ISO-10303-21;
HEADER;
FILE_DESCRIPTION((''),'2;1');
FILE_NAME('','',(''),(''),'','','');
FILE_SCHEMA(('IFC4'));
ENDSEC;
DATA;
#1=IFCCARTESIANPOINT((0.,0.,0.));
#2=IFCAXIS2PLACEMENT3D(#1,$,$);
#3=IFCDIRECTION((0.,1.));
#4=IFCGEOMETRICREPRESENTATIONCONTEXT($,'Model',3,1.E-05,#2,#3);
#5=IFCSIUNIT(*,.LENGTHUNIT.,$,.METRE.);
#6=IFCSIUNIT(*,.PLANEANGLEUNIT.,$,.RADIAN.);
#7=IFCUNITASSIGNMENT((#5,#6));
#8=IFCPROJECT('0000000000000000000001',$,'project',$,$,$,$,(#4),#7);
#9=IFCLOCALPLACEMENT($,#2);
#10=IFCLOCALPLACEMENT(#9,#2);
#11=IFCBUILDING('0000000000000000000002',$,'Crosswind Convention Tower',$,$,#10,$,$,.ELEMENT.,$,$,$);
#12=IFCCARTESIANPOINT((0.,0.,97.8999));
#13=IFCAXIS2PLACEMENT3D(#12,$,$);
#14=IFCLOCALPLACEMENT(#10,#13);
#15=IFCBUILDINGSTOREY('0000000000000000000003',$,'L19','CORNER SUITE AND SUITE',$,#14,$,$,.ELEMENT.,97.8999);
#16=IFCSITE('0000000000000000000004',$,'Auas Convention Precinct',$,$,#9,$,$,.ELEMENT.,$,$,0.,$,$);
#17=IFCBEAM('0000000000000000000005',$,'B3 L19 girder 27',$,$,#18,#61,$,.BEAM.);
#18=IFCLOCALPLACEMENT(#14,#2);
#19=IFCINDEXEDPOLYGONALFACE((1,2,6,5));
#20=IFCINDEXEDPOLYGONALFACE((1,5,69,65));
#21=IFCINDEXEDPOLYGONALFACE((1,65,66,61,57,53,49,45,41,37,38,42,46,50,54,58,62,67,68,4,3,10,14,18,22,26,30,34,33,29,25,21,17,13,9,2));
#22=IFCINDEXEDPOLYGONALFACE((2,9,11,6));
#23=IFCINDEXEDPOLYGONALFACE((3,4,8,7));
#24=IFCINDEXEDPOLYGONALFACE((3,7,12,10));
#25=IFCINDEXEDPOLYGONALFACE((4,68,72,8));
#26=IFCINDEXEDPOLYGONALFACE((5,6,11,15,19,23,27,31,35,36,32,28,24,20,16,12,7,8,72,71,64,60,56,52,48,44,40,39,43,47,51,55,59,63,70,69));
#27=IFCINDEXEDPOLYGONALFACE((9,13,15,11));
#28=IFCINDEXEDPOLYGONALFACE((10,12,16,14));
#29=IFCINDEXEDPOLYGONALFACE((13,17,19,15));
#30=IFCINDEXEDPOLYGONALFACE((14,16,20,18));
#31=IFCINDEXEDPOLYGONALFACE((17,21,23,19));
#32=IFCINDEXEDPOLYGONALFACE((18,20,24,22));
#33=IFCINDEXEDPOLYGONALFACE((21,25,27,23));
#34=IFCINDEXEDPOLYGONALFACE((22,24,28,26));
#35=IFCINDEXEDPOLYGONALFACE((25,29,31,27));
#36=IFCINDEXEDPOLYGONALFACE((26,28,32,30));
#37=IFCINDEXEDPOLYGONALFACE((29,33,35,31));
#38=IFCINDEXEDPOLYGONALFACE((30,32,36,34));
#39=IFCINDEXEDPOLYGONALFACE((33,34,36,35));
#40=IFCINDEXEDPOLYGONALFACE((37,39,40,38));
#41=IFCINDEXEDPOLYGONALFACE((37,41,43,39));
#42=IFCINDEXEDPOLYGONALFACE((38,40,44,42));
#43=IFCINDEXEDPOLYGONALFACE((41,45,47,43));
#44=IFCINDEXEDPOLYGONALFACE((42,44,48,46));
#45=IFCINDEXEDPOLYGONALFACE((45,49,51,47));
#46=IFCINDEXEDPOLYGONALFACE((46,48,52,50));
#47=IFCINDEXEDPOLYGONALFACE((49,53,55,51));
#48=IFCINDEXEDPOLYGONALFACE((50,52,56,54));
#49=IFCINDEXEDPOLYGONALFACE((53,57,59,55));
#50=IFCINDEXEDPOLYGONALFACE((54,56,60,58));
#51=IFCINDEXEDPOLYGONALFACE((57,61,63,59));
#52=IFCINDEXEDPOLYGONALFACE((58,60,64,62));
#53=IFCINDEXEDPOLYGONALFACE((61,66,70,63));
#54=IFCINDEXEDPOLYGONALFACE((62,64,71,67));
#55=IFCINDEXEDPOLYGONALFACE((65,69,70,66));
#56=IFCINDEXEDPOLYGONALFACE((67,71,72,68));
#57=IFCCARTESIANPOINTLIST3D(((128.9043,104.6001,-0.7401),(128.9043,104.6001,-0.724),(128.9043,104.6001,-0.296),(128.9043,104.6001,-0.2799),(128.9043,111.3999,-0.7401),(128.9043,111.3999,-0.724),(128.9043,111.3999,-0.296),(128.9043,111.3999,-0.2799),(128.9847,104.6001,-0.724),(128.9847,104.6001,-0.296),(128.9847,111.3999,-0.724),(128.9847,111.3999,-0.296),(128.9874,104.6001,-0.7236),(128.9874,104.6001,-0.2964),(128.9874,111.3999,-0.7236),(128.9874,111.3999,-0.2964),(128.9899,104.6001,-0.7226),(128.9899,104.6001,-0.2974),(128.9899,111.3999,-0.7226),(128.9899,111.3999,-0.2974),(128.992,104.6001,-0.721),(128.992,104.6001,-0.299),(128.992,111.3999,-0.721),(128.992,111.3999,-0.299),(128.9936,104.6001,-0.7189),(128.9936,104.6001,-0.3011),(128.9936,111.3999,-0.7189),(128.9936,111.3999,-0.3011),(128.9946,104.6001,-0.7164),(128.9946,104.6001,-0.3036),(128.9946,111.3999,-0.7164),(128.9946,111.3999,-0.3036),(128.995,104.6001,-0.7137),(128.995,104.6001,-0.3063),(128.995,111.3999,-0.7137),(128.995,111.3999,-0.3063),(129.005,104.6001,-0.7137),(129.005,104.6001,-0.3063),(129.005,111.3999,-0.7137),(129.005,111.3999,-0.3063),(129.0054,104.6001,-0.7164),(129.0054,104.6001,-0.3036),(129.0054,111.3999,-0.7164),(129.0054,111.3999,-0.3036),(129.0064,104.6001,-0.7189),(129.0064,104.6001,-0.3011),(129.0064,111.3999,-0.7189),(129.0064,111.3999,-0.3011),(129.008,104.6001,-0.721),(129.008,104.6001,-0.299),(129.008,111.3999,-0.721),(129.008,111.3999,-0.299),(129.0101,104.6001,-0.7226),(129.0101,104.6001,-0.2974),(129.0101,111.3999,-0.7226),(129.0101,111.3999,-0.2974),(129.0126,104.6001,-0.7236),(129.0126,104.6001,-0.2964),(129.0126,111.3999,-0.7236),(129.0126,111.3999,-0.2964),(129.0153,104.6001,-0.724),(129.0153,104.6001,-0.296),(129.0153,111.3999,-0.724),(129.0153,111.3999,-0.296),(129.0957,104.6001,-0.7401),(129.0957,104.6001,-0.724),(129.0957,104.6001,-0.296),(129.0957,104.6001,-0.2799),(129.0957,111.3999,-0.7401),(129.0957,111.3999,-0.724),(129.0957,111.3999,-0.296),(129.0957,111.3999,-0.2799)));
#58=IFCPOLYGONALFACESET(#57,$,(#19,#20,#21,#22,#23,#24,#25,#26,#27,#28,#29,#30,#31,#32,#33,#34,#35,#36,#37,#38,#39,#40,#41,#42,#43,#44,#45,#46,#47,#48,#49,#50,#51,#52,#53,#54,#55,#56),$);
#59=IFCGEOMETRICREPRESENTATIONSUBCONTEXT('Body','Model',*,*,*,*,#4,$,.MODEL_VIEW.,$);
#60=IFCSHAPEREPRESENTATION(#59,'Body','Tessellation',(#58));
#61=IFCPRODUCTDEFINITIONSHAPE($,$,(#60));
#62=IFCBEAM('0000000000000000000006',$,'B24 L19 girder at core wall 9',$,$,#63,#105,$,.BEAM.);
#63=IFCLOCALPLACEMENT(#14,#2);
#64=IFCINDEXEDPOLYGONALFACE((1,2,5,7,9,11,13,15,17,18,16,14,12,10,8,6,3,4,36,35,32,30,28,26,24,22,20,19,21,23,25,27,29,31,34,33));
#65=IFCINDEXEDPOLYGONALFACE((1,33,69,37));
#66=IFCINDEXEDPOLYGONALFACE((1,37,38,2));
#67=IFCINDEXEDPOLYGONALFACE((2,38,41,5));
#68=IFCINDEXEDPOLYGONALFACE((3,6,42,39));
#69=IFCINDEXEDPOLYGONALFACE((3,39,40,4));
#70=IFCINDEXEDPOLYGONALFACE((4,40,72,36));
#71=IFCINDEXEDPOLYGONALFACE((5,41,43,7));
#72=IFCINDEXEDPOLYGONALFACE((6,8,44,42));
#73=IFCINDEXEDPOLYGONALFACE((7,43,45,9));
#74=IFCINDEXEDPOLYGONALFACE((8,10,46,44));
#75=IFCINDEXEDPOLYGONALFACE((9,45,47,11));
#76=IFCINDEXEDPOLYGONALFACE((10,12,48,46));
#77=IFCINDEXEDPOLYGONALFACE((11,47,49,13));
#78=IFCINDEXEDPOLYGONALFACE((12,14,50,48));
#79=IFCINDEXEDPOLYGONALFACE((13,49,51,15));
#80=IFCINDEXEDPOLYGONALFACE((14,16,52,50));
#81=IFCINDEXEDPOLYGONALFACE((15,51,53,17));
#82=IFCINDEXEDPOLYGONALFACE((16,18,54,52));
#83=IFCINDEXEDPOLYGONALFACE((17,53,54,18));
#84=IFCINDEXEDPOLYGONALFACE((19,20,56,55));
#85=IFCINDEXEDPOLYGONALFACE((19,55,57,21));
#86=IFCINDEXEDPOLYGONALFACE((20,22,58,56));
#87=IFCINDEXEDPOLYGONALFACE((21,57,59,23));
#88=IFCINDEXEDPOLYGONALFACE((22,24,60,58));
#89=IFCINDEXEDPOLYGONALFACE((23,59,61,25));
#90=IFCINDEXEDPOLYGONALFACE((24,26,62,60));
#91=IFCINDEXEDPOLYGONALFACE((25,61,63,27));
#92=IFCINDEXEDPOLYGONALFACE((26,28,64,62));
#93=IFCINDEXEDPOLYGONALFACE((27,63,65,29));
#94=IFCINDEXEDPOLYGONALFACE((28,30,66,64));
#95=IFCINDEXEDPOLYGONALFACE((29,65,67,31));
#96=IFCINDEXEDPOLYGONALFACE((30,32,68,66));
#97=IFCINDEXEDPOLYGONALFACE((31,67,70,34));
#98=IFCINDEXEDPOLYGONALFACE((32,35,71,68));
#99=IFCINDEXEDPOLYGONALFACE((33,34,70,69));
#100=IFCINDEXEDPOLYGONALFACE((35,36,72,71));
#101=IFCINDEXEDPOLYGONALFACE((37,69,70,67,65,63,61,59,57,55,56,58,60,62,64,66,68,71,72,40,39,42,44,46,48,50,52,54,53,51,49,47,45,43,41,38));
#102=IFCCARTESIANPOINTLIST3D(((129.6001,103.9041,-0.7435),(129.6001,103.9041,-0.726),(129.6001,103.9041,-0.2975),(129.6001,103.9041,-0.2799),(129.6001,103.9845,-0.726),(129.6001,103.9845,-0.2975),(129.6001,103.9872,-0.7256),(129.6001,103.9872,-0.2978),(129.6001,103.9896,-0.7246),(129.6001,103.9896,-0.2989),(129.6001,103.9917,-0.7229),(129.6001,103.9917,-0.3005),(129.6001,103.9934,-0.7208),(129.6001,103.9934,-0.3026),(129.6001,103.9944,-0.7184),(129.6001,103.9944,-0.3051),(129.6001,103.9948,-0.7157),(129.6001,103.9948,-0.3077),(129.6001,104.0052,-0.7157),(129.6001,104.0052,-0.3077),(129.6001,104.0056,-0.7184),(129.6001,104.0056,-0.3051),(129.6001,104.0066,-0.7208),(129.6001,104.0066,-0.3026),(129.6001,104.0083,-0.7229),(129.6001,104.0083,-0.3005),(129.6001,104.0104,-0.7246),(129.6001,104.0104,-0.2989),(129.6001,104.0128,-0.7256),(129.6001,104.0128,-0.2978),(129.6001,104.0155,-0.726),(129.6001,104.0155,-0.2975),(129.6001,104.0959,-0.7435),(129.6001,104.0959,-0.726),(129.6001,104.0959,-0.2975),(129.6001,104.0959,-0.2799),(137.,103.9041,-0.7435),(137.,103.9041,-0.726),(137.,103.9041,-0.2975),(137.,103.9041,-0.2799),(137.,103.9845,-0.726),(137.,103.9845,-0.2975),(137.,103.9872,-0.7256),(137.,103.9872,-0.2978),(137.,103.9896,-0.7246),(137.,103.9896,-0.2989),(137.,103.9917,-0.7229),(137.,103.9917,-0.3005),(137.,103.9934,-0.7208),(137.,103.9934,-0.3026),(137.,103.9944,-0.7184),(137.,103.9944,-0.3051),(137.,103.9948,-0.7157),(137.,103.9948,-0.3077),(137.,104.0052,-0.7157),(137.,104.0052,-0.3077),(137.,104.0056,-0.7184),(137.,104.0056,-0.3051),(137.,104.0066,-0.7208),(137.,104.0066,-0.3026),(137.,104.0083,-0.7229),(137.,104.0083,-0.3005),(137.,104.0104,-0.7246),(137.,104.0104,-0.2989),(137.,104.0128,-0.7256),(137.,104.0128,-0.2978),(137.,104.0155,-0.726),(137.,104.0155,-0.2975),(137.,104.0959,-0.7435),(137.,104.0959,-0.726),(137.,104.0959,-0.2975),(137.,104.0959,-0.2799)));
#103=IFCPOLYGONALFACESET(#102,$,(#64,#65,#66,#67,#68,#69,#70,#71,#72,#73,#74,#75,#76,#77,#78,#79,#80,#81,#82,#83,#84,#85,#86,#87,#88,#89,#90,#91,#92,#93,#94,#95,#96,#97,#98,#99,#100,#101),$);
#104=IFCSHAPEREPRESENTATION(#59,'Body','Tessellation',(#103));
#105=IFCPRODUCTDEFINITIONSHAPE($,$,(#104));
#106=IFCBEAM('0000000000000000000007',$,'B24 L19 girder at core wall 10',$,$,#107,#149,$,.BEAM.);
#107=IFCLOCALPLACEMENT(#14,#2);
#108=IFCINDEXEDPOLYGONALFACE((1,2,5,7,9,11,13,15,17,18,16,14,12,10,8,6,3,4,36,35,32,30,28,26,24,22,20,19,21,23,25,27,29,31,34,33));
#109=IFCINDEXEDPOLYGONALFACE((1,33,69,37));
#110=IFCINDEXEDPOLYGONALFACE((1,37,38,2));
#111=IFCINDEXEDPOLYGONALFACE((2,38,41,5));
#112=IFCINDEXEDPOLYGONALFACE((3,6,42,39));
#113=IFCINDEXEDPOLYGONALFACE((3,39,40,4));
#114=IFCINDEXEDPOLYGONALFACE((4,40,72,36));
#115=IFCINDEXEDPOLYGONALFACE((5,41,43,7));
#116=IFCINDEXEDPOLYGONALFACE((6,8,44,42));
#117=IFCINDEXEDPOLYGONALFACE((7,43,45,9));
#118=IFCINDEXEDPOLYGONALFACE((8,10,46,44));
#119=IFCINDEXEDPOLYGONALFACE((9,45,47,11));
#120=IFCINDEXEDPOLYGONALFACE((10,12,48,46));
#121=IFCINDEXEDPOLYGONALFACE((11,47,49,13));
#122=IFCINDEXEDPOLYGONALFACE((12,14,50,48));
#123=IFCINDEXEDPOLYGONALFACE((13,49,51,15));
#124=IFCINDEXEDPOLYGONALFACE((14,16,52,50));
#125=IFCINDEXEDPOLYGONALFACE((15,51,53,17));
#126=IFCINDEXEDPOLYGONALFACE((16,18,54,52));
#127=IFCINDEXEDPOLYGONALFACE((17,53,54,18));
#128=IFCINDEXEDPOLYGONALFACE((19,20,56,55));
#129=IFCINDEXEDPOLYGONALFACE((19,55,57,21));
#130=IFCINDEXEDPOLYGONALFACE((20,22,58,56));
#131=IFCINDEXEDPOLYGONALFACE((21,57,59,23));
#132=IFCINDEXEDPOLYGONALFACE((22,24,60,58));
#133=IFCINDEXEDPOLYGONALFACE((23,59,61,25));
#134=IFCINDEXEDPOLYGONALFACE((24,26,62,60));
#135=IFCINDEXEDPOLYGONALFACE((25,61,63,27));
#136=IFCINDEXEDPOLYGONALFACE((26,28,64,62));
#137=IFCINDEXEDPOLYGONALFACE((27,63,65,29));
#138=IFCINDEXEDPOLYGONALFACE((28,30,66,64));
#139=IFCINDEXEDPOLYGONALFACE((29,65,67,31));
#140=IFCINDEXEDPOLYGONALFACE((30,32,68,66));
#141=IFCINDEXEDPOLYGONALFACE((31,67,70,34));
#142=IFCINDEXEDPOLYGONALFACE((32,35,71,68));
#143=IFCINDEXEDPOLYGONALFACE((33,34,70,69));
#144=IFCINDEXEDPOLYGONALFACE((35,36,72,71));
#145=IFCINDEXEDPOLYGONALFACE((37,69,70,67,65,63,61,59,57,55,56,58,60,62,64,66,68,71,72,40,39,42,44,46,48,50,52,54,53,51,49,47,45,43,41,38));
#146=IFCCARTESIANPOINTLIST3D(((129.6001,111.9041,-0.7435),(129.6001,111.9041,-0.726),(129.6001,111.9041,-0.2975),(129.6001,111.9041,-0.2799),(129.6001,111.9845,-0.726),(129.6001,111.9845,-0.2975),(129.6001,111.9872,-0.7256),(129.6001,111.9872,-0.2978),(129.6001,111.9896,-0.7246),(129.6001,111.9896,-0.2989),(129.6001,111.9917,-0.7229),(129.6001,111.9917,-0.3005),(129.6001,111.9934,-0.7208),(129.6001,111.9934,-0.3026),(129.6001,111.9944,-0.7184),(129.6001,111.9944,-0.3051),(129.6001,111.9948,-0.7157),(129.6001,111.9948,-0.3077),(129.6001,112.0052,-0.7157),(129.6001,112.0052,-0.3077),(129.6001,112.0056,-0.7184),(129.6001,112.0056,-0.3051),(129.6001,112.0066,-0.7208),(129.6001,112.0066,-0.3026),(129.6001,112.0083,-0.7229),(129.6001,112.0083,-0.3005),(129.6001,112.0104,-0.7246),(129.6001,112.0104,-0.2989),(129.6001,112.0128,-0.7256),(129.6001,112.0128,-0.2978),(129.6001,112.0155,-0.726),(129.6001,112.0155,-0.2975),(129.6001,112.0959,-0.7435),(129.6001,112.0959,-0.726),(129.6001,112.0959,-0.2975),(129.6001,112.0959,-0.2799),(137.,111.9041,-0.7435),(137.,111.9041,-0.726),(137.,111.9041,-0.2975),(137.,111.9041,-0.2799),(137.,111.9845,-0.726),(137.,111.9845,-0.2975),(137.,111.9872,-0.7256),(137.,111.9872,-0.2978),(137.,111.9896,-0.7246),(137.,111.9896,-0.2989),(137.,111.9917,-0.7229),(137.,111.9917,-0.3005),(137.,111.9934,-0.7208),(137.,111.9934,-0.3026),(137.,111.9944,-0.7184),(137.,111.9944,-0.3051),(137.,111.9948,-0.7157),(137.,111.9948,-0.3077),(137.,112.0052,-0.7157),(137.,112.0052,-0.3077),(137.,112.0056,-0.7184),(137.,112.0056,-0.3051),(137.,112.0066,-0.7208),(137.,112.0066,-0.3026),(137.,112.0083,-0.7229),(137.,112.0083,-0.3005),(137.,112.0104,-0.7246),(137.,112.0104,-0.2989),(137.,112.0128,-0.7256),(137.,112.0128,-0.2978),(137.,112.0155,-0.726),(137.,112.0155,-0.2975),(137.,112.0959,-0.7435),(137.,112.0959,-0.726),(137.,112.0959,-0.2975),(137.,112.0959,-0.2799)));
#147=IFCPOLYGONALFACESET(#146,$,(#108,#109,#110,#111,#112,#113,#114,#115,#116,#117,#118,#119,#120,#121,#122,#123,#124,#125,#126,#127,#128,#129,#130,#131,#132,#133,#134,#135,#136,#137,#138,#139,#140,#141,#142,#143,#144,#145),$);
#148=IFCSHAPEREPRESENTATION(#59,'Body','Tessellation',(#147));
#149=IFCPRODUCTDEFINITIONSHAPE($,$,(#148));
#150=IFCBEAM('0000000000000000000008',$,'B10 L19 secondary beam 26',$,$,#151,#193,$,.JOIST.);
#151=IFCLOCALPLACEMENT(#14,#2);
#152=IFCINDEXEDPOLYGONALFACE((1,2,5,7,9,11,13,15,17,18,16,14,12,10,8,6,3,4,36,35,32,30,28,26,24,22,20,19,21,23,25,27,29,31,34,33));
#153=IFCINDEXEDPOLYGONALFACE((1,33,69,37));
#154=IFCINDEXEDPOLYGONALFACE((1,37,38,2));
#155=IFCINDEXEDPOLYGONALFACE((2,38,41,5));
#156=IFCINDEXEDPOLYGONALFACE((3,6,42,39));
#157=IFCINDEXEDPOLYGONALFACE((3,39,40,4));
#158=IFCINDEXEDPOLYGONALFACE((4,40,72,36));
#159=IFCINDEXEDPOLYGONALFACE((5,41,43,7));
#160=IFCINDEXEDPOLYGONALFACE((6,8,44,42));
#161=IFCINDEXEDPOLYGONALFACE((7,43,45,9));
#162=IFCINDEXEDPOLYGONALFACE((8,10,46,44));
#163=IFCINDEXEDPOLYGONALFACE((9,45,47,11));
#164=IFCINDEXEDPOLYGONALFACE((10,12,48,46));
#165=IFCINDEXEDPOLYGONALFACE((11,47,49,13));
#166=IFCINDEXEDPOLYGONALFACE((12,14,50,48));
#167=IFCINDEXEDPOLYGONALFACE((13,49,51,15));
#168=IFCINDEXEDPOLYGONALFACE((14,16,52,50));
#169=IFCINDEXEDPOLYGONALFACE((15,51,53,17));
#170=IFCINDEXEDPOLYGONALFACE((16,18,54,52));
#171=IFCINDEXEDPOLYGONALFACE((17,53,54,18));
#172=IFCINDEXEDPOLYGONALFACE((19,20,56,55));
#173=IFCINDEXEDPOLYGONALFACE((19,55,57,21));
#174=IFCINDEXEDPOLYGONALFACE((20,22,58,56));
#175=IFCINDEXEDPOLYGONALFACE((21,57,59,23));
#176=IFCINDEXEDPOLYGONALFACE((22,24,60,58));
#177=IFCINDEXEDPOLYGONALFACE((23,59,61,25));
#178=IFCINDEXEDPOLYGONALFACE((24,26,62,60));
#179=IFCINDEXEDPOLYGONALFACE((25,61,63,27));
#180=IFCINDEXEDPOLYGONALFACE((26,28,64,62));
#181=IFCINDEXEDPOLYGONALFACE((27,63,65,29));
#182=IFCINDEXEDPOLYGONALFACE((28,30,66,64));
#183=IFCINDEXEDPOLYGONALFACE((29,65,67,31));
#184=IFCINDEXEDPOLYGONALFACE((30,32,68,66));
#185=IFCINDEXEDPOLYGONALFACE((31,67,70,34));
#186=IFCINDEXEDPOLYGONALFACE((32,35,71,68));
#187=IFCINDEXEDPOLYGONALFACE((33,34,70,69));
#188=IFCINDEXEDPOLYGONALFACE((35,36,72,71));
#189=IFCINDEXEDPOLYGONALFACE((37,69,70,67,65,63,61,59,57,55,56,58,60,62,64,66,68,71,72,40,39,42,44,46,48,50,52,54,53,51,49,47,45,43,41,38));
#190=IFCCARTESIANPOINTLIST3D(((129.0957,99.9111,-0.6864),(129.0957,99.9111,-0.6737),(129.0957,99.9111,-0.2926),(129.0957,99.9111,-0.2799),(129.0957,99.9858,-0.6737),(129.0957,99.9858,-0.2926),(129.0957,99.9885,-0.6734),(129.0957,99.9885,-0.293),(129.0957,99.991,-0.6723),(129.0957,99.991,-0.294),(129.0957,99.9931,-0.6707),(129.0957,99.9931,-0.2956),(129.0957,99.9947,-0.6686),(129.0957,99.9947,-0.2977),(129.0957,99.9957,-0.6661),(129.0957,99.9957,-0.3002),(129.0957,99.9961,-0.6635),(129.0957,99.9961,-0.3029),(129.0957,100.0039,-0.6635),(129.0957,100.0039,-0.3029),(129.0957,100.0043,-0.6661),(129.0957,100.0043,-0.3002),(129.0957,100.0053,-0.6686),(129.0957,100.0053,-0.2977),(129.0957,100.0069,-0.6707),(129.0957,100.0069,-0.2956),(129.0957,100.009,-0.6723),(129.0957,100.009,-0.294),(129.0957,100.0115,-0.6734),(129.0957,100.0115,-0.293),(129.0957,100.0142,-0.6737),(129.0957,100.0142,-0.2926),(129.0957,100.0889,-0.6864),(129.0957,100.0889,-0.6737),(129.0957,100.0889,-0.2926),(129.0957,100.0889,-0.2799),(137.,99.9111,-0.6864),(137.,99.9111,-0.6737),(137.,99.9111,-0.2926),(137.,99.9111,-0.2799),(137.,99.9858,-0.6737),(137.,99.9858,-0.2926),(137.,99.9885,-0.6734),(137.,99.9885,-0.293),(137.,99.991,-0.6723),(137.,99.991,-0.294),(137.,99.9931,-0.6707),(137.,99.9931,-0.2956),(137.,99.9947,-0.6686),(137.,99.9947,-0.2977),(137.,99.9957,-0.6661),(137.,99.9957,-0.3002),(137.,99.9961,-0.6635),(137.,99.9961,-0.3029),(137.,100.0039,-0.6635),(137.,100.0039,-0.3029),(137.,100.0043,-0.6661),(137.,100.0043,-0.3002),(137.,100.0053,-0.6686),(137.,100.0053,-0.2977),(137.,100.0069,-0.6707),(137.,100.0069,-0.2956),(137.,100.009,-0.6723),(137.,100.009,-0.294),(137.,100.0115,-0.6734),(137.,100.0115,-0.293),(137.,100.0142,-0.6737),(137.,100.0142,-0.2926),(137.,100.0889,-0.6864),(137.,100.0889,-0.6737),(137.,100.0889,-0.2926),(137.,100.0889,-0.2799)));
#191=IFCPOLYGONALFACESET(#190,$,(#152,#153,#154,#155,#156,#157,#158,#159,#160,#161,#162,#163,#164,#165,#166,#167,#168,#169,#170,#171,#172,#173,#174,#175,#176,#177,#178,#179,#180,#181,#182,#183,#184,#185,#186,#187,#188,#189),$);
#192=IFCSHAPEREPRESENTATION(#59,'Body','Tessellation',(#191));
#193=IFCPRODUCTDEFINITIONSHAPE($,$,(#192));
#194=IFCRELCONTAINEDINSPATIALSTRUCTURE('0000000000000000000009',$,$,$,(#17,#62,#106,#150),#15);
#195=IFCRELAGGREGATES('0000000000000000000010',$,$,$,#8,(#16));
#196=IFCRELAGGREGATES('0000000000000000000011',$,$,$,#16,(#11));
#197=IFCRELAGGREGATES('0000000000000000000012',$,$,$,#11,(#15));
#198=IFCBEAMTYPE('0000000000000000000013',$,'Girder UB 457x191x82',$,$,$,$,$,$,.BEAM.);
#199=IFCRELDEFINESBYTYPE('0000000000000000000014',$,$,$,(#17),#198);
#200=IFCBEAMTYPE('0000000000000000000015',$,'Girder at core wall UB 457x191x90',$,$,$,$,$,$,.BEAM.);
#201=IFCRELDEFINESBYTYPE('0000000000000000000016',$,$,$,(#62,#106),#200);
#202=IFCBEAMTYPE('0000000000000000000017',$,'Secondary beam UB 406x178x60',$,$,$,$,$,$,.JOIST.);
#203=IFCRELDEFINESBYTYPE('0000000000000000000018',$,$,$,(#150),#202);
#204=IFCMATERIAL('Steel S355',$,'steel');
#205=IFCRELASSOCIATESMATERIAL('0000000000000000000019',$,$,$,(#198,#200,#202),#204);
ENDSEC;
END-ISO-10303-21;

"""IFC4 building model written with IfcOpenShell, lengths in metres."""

from ifc_helpers import new_model, si_unit, direction, frame, origin, origin_2d, place, context, subcontext, project, spatial, i_section, extrude, material, material_profile, profile_set, type_object, element, save


model = new_model("IFC4")

# Units and contexts
model_context = context("Model", 3, precision=1e-05, world=origin(), true_north=direction((0.0, 1.0)))
body_context = subcontext(model_context, "Body", "Model", "MODEL_VIEW")
ifc_project = project(units=[si_unit("LENGTHUNIT", "METRE"), si_unit("PLANEANGLEUNIT", "RADIAN")], contexts=[model_context])

# Site, building, storey
site_placement = place(None, origin())
site = spatial("IfcSite", under=ifc_project, at=site_placement, Name="Auas Convention Precinct", CompositionType="ELEMENT", RefElevation=0.0)
building_placement = place(site_placement, origin())
building = spatial("IfcBuilding", under=site, at=building_placement, Name="Crosswind Convention Tower", CompositionType="ELEMENT")
storey_placement = place(building_placement, frame((0.0, 0.0, 97.8999)))
storey = spatial("IfcBuildingStorey", under=building, at=storey_placement, Name="L19", Description="CORNER SUITE AND SUITE", CompositionType="ELEMENT", Elevation=97.8999)

# Beams
ifc_material_1 = material(Name="Steel S355", Category="steel")
ifc_material_profile_1 = material_profile(ifc_material_1, i_section(OverallWidth=0.1914, OverallDepth=0.4602, WebThickness=0.01, FlangeThickness=0.0161, FilletRadius=0.0103, at=origin_2d()), Name="UB 457x191x82")
ifc_profile_set_1 = profile_set([ifc_material_profile_1], Name="Steel S355")
beam_type_1 = type_object("IfcBeamType", Name="Girder UB 457x191x82", PredefinedType="BEAM", material=ifc_profile_set_1)
for number, where, z_axis, x_axis, name in (
    (1, (129.0, 104.6001, -0.51), (0.0, 1.0, 0.0), (-1.0, 0.0, 0.0), "B3 L19 girder 27"),
):
    element("IfcBeam", number, at=place(storey_placement, frame(where, z_axis=z_axis, x_axis=x_axis)), inside=storey, type_object=beam_type_1, Name=name, PredefinedType="BEAM", context=body_context, shape_type="SweptSolid", body=[
        extrude(i_section(OverallWidth=0.1914, OverallDepth=0.4602, WebThickness=0.01, FlangeThickness=0.0161, FilletRadius=0.0103, at=origin_2d()), origin(), (0.0, 0.0, 1.0), 6.7998),
    ])
ifc_material_profile_2 = material_profile(ifc_material_1, i_section(OverallWidth=0.1919, OverallDepth=0.4636, WebThickness=0.0105, FlangeThickness=0.0176, FilletRadius=0.0103, at=origin_2d()), Name="UB 457x191x90")
ifc_profile_set_2 = profile_set([ifc_material_profile_2], Name="Steel S355")
beam_type_2 = type_object("IfcBeamType", Name="Girder at core wall UB 457x191x90", PredefinedType="BEAM", material=ifc_profile_set_2)
for number, where, z_axis, x_axis, name in (
    (2, (129.6001, 104.0, -0.5117), (1.0, 0.0, 0.0), (0.0, 1.0, 0.0), "B24 L19 girder at core wall 9"),
    (3, (129.6001, 112.0, -0.5117), (1.0, 0.0, 0.0), (0.0, 1.0, 0.0), "B24 L19 girder at core wall 10"),
):
    element("IfcBeam", number, at=place(storey_placement, frame(where, z_axis=z_axis, x_axis=x_axis)), inside=storey, type_object=beam_type_2, Name=name, PredefinedType="BEAM", context=body_context, shape_type="SweptSolid", body=[
        extrude(i_section(OverallWidth=0.1919, OverallDepth=0.4636, WebThickness=0.0105, FlangeThickness=0.0176, FilletRadius=0.0103, at=origin_2d()), origin(), (0.0, 0.0, 1.0), 7.3999),
    ])
ifc_material_profile_3 = material_profile(ifc_material_1, i_section(OverallWidth=0.1777, OverallDepth=0.4065, WebThickness=0.0078, FlangeThickness=0.0127, FilletRadius=0.0103, at=origin_2d()), Name="UB 406x178x60")
ifc_profile_set_3 = profile_set([ifc_material_profile_3], Name="Steel S355")
beam_type_3 = type_object("IfcBeamType", Name="Secondary beam UB 406x178x60", PredefinedType="JOIST", material=ifc_profile_set_3)
for number, where, z_axis, x_axis, name in (
    (4, (129.0957, 100.0, -0.4832), (1.0, 0.0, 0.0), (0.0, 1.0, 0.0), "B10 L19 secondary beam 26"),
):
    element("IfcBeam", number, at=place(storey_placement, frame(where, z_axis=z_axis, x_axis=x_axis)), inside=storey, type_object=beam_type_3, Name=name, PredefinedType="JOIST", context=body_context, shape_type="SweptSolid", body=[
        extrude(i_section(OverallWidth=0.1777, OverallDepth=0.4065, WebThickness=0.0078, FlangeThickness=0.0127, FilletRadius=0.0103, at=origin_2d()), origin(), (0.0, 0.0, 1.0), 7.9043),
    ])

save(model, "model.ifc")
